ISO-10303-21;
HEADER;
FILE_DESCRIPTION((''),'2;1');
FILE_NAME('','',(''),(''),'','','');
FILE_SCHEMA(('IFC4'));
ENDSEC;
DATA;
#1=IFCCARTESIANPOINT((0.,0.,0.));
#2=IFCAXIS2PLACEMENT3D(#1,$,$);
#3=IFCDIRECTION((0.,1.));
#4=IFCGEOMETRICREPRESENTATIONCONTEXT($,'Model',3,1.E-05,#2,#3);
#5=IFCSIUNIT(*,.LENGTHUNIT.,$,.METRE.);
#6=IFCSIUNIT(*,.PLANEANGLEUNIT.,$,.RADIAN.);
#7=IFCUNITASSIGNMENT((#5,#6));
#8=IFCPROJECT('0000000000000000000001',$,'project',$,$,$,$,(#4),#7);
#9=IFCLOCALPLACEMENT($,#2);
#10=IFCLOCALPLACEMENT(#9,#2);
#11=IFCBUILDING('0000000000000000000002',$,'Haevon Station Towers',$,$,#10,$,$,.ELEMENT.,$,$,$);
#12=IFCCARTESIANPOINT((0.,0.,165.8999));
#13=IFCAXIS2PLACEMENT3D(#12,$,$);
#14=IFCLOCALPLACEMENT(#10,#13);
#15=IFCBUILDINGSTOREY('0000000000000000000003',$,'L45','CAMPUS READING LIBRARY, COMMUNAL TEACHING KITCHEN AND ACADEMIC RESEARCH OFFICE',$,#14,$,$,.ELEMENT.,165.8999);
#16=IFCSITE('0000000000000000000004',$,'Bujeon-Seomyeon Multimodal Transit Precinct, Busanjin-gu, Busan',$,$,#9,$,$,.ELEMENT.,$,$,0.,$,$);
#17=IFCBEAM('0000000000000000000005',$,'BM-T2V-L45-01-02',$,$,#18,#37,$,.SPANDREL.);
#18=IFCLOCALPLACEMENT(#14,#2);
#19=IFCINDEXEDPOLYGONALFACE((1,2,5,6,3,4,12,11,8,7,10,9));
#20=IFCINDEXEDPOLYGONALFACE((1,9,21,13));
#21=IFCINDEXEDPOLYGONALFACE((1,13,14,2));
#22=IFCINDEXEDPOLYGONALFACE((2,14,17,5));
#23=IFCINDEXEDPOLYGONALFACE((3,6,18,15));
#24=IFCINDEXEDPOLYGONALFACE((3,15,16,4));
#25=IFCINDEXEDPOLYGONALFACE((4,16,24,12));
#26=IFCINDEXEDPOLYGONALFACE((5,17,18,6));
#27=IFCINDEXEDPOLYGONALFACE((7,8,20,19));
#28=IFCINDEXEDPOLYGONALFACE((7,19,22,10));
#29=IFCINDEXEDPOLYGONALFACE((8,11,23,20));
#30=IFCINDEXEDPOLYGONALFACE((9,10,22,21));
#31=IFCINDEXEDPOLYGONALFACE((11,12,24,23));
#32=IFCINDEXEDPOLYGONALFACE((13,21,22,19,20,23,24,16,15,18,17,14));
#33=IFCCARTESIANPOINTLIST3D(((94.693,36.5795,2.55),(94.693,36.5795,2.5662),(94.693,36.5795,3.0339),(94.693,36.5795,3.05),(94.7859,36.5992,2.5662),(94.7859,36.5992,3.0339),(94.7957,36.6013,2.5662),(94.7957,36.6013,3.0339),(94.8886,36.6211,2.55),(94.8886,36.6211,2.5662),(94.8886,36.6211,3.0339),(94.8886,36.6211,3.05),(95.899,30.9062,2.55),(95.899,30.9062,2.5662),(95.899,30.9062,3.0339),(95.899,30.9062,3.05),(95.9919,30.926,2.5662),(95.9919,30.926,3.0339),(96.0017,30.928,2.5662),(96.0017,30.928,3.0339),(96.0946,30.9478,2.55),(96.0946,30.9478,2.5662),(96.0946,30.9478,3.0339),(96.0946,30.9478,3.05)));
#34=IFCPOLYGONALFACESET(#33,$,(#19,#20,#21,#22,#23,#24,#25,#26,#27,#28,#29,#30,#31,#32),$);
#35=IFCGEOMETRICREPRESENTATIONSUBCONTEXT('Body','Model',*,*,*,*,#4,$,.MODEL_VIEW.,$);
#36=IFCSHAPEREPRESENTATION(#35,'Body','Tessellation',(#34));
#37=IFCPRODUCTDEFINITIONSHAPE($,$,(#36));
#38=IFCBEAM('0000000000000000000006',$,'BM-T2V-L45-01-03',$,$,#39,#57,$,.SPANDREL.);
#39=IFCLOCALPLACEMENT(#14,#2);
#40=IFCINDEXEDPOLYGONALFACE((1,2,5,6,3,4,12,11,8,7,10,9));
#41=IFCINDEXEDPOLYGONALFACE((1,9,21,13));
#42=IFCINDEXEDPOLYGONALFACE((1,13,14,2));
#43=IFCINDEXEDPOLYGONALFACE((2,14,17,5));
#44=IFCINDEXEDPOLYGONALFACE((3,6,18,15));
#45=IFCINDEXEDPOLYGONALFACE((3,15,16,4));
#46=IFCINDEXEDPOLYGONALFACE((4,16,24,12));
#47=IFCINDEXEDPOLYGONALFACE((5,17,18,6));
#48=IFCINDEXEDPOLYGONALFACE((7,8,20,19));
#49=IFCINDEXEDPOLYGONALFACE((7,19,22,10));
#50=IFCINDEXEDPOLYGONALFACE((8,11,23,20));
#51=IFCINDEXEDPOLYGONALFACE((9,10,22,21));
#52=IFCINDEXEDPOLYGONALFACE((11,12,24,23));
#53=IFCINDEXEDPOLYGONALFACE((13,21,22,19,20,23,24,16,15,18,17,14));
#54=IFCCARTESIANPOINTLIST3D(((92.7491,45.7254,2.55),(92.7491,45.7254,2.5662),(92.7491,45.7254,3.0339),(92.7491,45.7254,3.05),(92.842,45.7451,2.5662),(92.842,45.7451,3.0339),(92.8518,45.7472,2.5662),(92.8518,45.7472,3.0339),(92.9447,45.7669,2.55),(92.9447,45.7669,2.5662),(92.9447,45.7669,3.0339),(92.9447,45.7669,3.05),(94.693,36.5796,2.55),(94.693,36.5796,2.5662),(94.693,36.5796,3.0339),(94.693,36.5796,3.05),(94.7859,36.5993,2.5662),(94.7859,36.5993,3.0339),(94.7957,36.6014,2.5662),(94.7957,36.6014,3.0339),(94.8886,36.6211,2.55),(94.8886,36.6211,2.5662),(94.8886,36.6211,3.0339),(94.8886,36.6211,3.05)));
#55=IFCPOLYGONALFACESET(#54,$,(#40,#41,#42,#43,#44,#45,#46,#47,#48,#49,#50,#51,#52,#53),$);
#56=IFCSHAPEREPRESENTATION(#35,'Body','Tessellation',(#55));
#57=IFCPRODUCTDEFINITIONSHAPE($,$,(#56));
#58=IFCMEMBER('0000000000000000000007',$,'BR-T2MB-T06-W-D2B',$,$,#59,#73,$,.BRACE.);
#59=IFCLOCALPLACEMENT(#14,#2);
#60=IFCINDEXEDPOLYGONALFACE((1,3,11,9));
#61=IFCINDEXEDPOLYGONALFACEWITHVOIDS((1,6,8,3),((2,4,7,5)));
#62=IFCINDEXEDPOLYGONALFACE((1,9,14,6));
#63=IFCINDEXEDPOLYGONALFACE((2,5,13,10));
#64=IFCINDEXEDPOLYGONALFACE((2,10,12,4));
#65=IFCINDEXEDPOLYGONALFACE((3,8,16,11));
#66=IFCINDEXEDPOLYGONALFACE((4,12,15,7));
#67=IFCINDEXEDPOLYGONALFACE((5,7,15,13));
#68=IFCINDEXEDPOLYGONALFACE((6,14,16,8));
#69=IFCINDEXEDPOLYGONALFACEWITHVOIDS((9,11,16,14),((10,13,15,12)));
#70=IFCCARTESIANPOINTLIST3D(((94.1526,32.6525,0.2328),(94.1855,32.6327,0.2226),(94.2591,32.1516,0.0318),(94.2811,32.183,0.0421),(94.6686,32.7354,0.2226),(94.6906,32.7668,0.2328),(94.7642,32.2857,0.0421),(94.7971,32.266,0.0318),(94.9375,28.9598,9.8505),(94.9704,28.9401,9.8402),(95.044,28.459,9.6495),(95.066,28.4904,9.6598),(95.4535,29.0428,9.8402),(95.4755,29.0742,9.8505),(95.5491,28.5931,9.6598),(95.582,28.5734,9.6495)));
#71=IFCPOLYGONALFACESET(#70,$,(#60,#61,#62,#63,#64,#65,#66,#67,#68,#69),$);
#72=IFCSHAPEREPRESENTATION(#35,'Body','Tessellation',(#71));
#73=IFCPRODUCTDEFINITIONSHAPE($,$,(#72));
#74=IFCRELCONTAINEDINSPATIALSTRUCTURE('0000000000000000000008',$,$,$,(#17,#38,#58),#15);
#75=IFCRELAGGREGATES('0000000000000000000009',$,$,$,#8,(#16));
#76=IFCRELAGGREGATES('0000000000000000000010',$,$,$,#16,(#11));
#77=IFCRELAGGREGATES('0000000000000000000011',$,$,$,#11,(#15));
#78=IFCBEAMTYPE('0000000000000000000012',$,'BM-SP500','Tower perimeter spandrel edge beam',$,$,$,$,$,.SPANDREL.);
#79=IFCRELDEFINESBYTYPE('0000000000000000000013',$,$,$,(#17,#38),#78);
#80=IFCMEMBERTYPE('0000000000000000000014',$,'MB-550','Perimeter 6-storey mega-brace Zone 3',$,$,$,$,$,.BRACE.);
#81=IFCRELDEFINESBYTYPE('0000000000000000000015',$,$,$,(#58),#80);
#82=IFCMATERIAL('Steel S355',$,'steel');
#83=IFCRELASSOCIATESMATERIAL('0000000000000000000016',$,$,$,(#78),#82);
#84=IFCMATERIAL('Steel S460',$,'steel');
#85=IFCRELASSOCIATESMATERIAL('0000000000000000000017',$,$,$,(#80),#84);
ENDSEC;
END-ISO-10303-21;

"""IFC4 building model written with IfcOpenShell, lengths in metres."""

from ifc_helpers import new_model, si_unit, direction, frame, origin, origin_2d, place, context, subcontext, project, spatial, hollow_rectangle, i_section, extrude, material, material_profile, profile_set, type_object, element, save


model = new_model("IFC4")

# Units and contexts
model_context = context("Model", 3, precision=1e-05, world=origin(), true_north=direction((0.0, 1.0)))
body_context = subcontext(model_context, "Body", "Model", "MODEL_VIEW")
ifc_project = project(units=[si_unit("LENGTHUNIT", "METRE"), si_unit("PLANEANGLEUNIT", "RADIAN")], contexts=[model_context])

# Site, building, storey
site_placement = place(None, origin())
site = spatial("IfcSite", under=ifc_project, at=site_placement, Name="Bujeon-Seomyeon Multimodal Transit Precinct, Busanjin-gu, Busan", CompositionType="ELEMENT", RefElevation=0.0)
building_placement = place(site_placement, origin())
building = spatial("IfcBuilding", under=site, at=building_placement, Name="Haevon Station Towers", CompositionType="ELEMENT")
storey_placement = place(building_placement, frame((0.0, 0.0, 165.8999)))
storey = spatial("IfcBuildingStorey", under=building, at=storey_placement, Name="L45", Description="CAMPUS READING LIBRARY, COMMUNAL TEACHING KITCHEN AND ACADEMIC RESEARCH OFFICE", CompositionType="ELEMENT", Elevation=165.8999)

# Shared definitions
ifc_material_1 = material(Name="Steel S355", Category="steel")

# Beams
ifc_material_profile_1 = material_profile(ifc_material_1, i_section(OverallWidth=0.2, OverallDepth=0.5, WebThickness=0.01, FlangeThickness=0.0161, at=origin_2d()), Name="H-500x200x10x16")
ifc_profile_set_1 = profile_set([ifc_material_profile_1], Name="Steel S355")
beam_type_1 = type_object("IfcBeamType", Name="BM-SP500", Description="Tower perimeter spandrel edge beam", PredefinedType="SPANDREL", material=ifc_profile_set_1)
beam_1_placement = place(storey_placement, frame((95.9968, 30.927, 2.8), z_axis=(-0.207936, 0.978142, 0.0), x_axis=(-0.978142, -0.207936, 0.0)))
element("IfcBeam", 1, at=beam_1_placement, inside=storey, type_object=beam_type_1, Name="BM-T2V-L45-01-02", PredefinedType="SPANDREL", context=body_context, shape_type="SweptSolid", body=[
    extrude(i_section(OverallWidth=0.2, OverallDepth=0.5, WebThickness=0.01, FlangeThickness=0.0161, at=origin_2d()), origin(), (0.0, 0.0, 1.0), 5.8),
])
beam_2_placement = place(storey_placement, frame((94.7908, 36.6003, 2.8), z_axis=(-0.207897, 0.978151, 0.0), x_axis=(-0.978151, -0.207897, 0.0)))
element("IfcBeam", 2, at=beam_2_placement, inside=storey, type_object=beam_type_1, Name="BM-T2V-L45-01-03", PredefinedType="SPANDREL", context=body_context, shape_type="SweptSolid", body=[
    extrude(i_section(OverallWidth=0.2, OverallDepth=0.5, WebThickness=0.01, FlangeThickness=0.0161, at=origin_2d()), origin(), (0.0, 0.0, 1.0), 9.3501),
])

# Member
ifc_material_2 = material(Name="Steel S460", Category="steel")
ifc_material_profile_2 = material_profile(ifc_material_2, hollow_rectangle(XDim=0.55, YDim=0.55, WallThickness=0.0281, at=origin_2d()), Name="RHS-550x550x28")
ifc_profile_set_2 = profile_set([ifc_material_profile_2], Name="Steel S460")
member_type = type_object("IfcMemberType", Name="MB-550", Description="Perimeter 6-storey mega-brace Zone 3", PredefinedType="BRACE", material=ifc_profile_set_2)
member_placement = place(storey_placement, frame((94.4749, 32.4592, 0.1323), z_axis=(0.075969, -0.357395, 0.930858), x_axis=(0.978147, 0.207917, 0.0)))
element("IfcMember", 3, at=member_placement, inside=storey, type_object=member_type, Name="BR-T2MB-T06-W-D2B", PredefinedType="BRACE", context=body_context, shape_type="SweptSolid", body=[
    extrude(hollow_rectangle(XDim=0.55, YDim=0.55, WallThickness=0.0281, at=origin_2d()), origin(), (0.0, 0.0, 1.0), 10.332),
])

save(model, "model.ifc")
